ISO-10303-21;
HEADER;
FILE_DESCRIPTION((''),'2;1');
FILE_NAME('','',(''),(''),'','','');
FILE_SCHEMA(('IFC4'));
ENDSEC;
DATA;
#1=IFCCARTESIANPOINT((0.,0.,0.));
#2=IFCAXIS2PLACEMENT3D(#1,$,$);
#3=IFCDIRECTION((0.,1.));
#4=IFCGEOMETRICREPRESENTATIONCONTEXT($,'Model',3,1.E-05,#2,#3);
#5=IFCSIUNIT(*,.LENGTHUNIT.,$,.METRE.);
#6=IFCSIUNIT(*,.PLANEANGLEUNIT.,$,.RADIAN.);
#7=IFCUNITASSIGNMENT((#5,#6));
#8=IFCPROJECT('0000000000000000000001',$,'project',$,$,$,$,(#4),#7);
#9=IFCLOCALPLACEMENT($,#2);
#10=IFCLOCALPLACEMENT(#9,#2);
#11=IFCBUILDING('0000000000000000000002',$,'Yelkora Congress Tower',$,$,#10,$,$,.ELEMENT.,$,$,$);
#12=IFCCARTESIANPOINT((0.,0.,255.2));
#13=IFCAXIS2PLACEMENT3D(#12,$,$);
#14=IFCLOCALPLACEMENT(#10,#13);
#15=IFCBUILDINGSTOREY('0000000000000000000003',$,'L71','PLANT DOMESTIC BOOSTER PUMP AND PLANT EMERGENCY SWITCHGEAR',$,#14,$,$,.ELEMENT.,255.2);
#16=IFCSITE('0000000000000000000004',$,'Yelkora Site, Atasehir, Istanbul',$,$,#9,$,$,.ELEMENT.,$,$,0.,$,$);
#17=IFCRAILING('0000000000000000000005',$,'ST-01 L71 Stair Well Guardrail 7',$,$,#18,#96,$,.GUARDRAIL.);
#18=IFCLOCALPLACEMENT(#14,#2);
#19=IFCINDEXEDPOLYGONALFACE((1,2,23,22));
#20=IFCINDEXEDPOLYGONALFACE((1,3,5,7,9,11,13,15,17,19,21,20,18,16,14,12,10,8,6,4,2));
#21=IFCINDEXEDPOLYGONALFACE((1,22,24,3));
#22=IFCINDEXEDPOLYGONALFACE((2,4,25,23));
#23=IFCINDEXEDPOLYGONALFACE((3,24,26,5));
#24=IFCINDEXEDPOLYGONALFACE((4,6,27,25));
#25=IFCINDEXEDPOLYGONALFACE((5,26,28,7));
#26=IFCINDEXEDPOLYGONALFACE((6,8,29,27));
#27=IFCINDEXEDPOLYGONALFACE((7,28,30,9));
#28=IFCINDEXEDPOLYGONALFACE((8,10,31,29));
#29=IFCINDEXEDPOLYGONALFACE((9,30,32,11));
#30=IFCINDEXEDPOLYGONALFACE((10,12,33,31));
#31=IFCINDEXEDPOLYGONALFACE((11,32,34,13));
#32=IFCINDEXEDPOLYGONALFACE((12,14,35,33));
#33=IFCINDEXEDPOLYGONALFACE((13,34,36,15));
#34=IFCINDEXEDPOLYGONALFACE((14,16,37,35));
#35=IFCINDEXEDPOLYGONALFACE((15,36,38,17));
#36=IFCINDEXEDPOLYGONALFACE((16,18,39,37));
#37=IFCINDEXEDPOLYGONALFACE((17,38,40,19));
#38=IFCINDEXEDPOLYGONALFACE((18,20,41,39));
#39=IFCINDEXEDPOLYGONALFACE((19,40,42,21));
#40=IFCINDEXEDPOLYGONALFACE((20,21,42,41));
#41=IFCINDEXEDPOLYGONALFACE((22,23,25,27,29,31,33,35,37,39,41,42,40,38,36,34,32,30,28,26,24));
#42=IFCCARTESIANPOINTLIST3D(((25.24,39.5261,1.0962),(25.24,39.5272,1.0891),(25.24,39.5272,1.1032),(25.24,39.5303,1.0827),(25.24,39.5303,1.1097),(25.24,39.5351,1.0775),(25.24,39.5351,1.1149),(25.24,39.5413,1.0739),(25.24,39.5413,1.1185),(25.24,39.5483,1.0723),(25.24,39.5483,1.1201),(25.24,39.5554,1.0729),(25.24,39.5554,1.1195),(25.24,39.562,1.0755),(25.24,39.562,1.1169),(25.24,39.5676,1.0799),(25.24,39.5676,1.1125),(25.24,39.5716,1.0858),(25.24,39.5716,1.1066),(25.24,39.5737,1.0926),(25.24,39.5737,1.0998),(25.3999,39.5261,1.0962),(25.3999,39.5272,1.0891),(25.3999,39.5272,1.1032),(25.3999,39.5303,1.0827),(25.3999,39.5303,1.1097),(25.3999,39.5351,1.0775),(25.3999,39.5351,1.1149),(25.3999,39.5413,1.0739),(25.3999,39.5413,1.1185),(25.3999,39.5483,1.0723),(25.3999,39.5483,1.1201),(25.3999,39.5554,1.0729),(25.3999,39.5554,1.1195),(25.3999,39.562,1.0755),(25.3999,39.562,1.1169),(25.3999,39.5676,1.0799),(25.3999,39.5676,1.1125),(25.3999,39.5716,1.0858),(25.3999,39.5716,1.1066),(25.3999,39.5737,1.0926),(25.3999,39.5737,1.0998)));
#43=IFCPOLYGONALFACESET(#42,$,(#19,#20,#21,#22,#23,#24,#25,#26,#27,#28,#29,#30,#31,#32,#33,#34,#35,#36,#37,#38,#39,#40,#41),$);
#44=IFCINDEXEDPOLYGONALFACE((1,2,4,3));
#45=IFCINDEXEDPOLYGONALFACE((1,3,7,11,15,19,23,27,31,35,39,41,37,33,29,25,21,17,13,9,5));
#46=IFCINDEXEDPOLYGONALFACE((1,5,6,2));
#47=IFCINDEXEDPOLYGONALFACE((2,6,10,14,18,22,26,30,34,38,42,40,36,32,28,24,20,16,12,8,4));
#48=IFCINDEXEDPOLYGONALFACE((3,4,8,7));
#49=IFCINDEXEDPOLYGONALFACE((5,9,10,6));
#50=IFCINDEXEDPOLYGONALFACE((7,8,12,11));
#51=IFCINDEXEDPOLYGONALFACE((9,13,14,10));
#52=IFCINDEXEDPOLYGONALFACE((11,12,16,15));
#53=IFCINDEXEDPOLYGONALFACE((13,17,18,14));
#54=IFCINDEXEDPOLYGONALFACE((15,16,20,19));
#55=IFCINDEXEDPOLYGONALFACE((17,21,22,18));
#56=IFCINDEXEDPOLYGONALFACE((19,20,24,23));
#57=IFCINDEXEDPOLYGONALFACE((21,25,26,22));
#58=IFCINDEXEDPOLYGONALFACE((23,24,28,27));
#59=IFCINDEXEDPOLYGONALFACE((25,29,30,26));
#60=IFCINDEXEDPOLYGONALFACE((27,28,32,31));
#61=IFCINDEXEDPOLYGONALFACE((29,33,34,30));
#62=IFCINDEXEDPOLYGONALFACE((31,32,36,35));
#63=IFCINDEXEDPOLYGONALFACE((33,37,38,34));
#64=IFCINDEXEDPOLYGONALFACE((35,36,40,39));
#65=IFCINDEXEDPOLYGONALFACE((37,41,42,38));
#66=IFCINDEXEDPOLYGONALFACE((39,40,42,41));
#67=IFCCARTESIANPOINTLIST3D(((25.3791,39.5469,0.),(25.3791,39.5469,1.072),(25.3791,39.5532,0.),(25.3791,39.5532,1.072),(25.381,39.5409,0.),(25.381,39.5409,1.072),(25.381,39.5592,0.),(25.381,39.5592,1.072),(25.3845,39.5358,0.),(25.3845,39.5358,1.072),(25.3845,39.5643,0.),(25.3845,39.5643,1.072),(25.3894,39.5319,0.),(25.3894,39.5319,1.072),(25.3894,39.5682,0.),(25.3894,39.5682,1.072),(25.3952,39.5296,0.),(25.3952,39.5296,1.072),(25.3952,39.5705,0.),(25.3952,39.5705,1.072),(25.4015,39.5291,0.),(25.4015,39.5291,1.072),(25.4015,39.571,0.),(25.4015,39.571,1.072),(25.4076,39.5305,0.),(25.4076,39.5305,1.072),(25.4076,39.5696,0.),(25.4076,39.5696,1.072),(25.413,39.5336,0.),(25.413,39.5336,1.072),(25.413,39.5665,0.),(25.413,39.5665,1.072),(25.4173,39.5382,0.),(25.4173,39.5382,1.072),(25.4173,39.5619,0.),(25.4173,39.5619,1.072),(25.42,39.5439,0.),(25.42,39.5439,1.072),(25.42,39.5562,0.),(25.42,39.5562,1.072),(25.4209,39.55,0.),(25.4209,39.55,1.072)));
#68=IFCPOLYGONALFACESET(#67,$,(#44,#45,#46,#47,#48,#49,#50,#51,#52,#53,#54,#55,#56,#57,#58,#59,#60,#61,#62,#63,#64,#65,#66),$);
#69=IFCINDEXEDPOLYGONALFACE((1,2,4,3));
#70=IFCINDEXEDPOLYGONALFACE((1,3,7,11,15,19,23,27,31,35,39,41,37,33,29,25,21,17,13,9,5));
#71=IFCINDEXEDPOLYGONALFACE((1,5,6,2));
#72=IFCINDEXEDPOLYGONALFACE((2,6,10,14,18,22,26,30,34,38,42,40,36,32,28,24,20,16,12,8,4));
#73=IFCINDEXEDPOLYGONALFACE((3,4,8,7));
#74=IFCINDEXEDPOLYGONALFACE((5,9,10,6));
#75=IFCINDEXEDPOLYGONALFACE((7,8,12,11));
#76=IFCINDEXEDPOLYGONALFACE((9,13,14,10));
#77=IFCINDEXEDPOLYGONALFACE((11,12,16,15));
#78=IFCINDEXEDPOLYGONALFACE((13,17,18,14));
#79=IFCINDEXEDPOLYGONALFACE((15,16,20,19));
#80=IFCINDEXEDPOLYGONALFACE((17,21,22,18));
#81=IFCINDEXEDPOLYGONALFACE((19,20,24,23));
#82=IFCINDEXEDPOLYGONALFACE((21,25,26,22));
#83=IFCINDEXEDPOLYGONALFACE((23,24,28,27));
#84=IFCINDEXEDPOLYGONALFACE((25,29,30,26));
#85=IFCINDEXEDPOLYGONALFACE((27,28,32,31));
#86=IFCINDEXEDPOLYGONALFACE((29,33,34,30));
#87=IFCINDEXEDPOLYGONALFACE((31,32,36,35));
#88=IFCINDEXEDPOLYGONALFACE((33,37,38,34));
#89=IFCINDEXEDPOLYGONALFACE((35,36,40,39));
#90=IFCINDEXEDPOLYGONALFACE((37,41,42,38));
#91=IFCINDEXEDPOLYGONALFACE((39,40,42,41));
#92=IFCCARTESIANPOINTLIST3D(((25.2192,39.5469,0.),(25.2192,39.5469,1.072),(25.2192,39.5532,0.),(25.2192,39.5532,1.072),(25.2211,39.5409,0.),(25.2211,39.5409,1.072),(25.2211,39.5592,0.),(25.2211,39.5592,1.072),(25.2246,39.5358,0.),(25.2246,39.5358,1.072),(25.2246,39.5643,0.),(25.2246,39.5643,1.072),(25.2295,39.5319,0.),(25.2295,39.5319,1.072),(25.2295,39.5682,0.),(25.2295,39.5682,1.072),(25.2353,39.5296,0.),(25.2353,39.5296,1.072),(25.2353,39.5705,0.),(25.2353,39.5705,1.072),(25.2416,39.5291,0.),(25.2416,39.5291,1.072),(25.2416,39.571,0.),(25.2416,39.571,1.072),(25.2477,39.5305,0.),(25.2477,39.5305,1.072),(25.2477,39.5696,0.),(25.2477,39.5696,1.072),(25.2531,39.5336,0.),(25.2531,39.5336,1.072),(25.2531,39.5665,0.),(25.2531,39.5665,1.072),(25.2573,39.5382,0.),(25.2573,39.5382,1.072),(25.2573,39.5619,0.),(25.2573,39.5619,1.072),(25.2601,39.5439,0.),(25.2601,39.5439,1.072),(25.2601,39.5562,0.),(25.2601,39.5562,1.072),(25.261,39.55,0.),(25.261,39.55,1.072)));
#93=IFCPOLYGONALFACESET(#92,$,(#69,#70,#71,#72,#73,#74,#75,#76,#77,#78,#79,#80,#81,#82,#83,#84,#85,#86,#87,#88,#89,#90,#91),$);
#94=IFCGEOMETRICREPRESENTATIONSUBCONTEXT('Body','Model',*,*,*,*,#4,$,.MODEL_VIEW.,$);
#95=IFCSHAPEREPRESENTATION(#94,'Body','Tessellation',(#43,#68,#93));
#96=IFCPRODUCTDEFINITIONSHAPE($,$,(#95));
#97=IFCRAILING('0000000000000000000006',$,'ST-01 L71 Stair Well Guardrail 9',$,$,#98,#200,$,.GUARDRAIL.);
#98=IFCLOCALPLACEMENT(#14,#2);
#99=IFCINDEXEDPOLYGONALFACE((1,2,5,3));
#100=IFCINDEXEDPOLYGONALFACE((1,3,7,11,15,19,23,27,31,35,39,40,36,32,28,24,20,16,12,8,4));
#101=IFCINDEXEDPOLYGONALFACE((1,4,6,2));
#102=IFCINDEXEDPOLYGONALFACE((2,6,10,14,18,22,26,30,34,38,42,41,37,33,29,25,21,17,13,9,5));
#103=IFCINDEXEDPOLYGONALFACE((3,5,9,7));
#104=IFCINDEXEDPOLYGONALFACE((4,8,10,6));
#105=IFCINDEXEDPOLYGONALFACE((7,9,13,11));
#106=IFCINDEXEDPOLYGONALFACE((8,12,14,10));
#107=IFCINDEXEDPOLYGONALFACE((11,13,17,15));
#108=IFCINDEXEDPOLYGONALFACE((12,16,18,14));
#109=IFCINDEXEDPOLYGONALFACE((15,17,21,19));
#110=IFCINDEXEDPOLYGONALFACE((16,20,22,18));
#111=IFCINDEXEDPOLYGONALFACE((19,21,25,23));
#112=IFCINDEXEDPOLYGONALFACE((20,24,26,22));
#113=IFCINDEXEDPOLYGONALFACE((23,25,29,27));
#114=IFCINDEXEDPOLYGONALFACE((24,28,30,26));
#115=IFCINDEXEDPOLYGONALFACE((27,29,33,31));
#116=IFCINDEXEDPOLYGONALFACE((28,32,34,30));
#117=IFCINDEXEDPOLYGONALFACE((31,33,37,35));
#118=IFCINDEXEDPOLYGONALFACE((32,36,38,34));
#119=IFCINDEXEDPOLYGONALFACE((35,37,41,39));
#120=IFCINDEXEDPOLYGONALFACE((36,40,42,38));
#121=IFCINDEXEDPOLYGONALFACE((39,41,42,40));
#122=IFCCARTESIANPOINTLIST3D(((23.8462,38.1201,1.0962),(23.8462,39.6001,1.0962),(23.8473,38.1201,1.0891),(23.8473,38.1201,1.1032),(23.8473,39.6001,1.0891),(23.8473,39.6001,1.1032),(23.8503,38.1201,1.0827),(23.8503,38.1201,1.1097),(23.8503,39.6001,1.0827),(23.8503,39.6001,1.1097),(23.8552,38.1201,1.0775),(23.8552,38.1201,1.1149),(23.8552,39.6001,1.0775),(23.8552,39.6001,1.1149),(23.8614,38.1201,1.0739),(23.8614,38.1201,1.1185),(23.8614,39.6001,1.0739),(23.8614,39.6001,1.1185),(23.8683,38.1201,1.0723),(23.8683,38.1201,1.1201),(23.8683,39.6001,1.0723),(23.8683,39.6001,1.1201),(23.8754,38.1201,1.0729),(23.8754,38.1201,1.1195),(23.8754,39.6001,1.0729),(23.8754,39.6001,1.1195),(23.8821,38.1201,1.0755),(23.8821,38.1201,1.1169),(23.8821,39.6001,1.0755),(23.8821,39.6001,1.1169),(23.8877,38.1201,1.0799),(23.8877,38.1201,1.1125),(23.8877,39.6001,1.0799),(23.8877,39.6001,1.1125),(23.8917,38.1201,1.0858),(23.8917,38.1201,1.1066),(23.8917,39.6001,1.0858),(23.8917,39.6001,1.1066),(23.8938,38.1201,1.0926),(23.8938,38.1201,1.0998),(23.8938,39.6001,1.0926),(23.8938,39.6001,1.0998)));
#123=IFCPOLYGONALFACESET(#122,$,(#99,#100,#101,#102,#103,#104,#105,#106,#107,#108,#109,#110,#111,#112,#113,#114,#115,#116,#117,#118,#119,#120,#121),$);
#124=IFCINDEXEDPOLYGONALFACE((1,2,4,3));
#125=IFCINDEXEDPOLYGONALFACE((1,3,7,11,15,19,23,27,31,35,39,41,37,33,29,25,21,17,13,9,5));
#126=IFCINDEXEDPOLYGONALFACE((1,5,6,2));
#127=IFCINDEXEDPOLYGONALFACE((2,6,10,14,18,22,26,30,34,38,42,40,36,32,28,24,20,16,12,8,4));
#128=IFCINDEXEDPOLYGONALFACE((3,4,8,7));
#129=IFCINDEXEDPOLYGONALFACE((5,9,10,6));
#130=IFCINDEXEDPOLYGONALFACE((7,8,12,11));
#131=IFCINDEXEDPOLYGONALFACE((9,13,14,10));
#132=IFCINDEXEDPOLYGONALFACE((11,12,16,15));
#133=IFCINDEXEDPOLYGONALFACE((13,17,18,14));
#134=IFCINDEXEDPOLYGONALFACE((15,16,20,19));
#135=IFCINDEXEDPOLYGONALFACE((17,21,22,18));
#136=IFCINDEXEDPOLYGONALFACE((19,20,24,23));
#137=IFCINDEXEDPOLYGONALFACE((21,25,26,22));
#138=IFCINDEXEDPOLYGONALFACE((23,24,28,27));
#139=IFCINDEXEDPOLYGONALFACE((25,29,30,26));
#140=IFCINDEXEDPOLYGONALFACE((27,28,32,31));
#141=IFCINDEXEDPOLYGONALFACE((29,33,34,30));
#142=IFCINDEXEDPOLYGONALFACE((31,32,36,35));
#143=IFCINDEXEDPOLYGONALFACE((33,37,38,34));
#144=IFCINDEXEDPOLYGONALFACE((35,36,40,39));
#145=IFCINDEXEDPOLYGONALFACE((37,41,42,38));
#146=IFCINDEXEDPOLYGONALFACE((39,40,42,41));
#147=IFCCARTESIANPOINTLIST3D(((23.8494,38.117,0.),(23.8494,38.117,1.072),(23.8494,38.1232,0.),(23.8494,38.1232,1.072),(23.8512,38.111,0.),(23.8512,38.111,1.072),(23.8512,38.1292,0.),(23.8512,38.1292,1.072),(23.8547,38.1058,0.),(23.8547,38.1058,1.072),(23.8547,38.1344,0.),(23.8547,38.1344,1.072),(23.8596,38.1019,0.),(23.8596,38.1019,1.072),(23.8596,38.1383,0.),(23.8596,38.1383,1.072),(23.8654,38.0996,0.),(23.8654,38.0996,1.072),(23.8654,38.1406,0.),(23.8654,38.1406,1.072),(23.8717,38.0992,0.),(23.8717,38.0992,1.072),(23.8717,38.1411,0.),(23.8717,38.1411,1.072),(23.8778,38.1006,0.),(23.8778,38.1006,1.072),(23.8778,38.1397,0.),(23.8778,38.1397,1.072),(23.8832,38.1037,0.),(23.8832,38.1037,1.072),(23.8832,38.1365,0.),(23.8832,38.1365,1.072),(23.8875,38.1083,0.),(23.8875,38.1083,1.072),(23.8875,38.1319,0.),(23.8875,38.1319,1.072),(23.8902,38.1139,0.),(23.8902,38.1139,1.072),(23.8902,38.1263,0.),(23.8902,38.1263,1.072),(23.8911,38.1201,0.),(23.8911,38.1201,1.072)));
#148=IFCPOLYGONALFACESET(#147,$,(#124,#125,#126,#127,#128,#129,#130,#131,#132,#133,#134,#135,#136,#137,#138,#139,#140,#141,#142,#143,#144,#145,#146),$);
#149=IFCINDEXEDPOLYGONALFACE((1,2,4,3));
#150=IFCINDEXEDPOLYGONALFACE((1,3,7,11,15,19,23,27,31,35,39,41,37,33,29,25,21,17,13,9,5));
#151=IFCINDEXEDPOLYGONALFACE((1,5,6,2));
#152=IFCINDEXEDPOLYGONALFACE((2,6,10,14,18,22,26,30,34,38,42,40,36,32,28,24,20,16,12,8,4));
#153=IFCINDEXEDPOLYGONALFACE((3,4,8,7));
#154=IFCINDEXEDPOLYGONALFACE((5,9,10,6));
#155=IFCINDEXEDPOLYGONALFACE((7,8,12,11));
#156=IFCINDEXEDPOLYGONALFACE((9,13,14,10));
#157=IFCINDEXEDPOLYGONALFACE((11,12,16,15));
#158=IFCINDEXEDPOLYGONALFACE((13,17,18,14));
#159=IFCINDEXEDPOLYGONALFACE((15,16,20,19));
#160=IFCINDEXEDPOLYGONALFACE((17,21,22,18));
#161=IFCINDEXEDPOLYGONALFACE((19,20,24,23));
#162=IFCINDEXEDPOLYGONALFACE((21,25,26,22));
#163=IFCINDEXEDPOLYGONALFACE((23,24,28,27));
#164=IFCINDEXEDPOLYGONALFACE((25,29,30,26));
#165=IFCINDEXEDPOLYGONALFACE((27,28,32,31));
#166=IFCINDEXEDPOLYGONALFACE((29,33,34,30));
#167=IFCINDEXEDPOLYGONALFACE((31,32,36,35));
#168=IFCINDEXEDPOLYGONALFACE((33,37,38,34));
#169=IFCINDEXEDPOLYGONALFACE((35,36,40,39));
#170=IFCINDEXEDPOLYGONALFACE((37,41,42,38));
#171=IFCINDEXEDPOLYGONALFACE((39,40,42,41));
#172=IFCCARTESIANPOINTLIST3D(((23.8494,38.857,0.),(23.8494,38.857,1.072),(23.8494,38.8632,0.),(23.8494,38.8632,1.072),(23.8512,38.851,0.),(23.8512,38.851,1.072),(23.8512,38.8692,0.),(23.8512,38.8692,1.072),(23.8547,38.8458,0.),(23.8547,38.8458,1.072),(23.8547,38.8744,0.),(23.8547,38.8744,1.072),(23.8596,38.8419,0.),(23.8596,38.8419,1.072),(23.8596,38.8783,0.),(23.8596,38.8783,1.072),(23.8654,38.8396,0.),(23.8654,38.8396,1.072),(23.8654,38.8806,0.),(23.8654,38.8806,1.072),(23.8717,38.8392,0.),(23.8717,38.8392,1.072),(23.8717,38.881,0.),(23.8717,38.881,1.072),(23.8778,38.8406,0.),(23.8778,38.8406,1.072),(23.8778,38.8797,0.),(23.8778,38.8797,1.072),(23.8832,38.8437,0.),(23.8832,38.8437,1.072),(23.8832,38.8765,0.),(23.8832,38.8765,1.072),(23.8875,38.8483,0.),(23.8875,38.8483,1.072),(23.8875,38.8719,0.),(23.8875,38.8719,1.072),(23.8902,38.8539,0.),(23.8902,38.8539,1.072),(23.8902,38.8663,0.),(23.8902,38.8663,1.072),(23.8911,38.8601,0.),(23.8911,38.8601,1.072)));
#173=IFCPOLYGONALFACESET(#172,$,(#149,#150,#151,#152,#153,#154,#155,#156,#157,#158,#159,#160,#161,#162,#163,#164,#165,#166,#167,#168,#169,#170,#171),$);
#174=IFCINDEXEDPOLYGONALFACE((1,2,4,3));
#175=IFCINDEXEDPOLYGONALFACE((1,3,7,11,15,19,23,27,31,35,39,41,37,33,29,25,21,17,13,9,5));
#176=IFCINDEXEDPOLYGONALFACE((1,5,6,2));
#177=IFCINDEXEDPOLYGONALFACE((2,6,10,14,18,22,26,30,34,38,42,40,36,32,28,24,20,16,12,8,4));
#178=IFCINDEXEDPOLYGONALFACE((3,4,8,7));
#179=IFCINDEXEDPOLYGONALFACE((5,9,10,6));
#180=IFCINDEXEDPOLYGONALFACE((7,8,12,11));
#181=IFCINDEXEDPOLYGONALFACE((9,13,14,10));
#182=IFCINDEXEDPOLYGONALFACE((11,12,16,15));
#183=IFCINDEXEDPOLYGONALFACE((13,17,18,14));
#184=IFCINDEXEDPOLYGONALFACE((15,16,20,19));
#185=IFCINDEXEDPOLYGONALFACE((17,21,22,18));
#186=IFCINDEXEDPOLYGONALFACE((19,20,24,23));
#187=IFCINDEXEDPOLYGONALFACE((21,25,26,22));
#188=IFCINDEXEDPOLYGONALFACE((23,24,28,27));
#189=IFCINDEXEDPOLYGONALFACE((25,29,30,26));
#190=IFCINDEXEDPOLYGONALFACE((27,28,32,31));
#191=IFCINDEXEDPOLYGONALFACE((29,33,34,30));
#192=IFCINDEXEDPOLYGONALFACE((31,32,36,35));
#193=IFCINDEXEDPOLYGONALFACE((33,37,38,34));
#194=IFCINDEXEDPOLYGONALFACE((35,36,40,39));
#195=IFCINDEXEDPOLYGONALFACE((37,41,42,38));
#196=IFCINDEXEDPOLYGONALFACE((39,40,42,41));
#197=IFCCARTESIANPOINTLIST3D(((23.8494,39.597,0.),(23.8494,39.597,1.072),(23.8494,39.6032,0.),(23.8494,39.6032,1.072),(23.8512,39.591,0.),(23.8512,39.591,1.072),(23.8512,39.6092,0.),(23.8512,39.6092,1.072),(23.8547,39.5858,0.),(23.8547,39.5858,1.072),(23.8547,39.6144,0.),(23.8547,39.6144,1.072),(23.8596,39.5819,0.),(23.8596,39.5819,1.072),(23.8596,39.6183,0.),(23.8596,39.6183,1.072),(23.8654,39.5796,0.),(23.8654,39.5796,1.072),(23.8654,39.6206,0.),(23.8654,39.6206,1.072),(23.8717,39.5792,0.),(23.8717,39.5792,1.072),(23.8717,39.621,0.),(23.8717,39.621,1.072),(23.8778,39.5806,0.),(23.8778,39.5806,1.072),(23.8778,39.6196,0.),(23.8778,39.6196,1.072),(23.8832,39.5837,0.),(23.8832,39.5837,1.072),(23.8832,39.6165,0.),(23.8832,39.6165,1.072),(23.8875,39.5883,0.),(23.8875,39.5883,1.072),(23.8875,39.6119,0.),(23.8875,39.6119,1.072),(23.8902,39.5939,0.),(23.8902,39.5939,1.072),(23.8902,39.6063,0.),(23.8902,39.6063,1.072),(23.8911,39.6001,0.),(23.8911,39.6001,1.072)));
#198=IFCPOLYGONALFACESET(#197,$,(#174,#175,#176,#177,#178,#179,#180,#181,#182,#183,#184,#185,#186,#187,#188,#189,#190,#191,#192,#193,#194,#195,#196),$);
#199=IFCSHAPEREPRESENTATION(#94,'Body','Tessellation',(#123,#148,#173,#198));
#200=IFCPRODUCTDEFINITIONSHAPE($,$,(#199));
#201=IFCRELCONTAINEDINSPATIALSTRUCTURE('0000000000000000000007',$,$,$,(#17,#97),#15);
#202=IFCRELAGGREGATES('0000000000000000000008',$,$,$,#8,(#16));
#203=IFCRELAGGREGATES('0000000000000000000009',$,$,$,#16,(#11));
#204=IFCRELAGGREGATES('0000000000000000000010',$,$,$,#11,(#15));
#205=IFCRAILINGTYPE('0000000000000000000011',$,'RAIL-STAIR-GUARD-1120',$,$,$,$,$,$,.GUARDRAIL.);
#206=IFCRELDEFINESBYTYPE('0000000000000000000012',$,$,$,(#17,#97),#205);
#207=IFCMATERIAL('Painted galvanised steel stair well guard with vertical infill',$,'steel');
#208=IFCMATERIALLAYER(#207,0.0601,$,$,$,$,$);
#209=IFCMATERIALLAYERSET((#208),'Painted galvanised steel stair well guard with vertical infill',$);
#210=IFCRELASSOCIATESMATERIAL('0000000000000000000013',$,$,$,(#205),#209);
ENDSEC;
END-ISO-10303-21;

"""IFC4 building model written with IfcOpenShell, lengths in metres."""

from ifc_helpers import new_model, si_unit, direction, frame, origin, origin_2d, place, context, subcontext, project, spatial, circle, extrude, material, layer, layer_set, type_object, element, save


model = new_model("IFC4")

# Units and contexts
model_context = context("Model", 3, precision=1e-05, world=origin(), true_north=direction((0.0, 1.0)))
body_context = subcontext(model_context, "Body", "Model", "MODEL_VIEW")
ifc_project = project(units=[si_unit("LENGTHUNIT", "METRE"), si_unit("PLANEANGLEUNIT", "RADIAN")], contexts=[model_context])

# Site, building, storey
site_placement = place(None, origin())
site = spatial("IfcSite", under=ifc_project, at=site_placement, Name="Yelkora Site, Atasehir, Istanbul", CompositionType="ELEMENT", RefElevation=0.0)
building_placement = place(site_placement, origin())
building = spatial("IfcBuilding", under=site, at=building_placement, Name="Yelkora Congress Tower", CompositionType="ELEMENT")
storey_placement = place(building_placement, frame((0.0, 0.0, 255.2)))
storey = spatial("IfcBuildingStorey", under=building, at=storey_placement, Name="L71", Description="PLANT DOMESTIC BOOSTER PUMP AND PLANT EMERGENCY SWITCHGEAR", CompositionType="ELEMENT", Elevation=255.2)

# Railings
ifc_material_1 = material(Name="Painted galvanised steel stair well guard with vertical infill", Category="steel")
ifc_layer_1 = layer(ifc_material_1, 0.0601)
ifc_layer_set_1 = layer_set([ifc_layer_1], Name="Painted galvanised steel stair well guard with vertical infill")
railing_type_1 = type_object("IfcRailingType", Name="RAIL-STAIR-GUARD-1120", PredefinedType="GUARDRAIL", material=ifc_layer_set_1)
railing_1_placement = place(storey_placement, frame((25.3999, 39.55, 0.0)))
element("IfcRailing", 1, at=railing_1_placement, inside=storey, type_object=railing_type_1, Name="ST-01 L71 Stair Well Guardrail 7", PredefinedType="GUARDRAIL", context=body_context, shape_type="SweptSolid", body=[
    extrude(circle(Radius=0.0239, at=origin_2d()), frame((0.0, 0.0, 1.0962), z_axis=(-1.0, 0.0, 0.0), x_axis=(0.0, -1.0, 0.0)), (0.0, 0.0, 1.0), 0.1599),
    extrude(circle(Radius=0.021, at=origin_2d()), origin(), (0.0, 0.0, 1.0), 1.072),
    extrude(circle(Radius=0.021, at=origin_2d()), frame((-0.1599, 0.0, 0.0)), (0.0, 0.0, 1.0), 1.072),
])
railing_2_placement = place(storey_placement, frame((23.8701, 38.1201, 0.0)))
element("IfcRailing", 2, at=railing_2_placement, inside=storey, type_object=railing_type_1, Name="ST-01 L71 Stair Well Guardrail 9", PredefinedType="GUARDRAIL", context=body_context, shape_type="SweptSolid", body=[
    extrude(circle(Radius=0.0239, at=origin_2d()), frame((0.0, 0.0, 1.0962), z_axis=(0.0, 1.0, 0.0), x_axis=(-1.0, 0.0, 0.0)), (0.0, 0.0, 1.0), 1.48),
    extrude(circle(Radius=0.021, at=origin_2d()), origin(), (0.0, 0.0, 1.0), 1.072),
    extrude(circle(Radius=0.021, at=origin_2d()), frame((0.0, 0.74, 0.0)), (0.0, 0.0, 1.0), 1.072),
    extrude(circle(Radius=0.021, at=origin_2d()), frame((0.0, 1.48, 0.0)), (0.0, 0.0, 1.0), 1.072),
])

save(model, "model.ifc")
